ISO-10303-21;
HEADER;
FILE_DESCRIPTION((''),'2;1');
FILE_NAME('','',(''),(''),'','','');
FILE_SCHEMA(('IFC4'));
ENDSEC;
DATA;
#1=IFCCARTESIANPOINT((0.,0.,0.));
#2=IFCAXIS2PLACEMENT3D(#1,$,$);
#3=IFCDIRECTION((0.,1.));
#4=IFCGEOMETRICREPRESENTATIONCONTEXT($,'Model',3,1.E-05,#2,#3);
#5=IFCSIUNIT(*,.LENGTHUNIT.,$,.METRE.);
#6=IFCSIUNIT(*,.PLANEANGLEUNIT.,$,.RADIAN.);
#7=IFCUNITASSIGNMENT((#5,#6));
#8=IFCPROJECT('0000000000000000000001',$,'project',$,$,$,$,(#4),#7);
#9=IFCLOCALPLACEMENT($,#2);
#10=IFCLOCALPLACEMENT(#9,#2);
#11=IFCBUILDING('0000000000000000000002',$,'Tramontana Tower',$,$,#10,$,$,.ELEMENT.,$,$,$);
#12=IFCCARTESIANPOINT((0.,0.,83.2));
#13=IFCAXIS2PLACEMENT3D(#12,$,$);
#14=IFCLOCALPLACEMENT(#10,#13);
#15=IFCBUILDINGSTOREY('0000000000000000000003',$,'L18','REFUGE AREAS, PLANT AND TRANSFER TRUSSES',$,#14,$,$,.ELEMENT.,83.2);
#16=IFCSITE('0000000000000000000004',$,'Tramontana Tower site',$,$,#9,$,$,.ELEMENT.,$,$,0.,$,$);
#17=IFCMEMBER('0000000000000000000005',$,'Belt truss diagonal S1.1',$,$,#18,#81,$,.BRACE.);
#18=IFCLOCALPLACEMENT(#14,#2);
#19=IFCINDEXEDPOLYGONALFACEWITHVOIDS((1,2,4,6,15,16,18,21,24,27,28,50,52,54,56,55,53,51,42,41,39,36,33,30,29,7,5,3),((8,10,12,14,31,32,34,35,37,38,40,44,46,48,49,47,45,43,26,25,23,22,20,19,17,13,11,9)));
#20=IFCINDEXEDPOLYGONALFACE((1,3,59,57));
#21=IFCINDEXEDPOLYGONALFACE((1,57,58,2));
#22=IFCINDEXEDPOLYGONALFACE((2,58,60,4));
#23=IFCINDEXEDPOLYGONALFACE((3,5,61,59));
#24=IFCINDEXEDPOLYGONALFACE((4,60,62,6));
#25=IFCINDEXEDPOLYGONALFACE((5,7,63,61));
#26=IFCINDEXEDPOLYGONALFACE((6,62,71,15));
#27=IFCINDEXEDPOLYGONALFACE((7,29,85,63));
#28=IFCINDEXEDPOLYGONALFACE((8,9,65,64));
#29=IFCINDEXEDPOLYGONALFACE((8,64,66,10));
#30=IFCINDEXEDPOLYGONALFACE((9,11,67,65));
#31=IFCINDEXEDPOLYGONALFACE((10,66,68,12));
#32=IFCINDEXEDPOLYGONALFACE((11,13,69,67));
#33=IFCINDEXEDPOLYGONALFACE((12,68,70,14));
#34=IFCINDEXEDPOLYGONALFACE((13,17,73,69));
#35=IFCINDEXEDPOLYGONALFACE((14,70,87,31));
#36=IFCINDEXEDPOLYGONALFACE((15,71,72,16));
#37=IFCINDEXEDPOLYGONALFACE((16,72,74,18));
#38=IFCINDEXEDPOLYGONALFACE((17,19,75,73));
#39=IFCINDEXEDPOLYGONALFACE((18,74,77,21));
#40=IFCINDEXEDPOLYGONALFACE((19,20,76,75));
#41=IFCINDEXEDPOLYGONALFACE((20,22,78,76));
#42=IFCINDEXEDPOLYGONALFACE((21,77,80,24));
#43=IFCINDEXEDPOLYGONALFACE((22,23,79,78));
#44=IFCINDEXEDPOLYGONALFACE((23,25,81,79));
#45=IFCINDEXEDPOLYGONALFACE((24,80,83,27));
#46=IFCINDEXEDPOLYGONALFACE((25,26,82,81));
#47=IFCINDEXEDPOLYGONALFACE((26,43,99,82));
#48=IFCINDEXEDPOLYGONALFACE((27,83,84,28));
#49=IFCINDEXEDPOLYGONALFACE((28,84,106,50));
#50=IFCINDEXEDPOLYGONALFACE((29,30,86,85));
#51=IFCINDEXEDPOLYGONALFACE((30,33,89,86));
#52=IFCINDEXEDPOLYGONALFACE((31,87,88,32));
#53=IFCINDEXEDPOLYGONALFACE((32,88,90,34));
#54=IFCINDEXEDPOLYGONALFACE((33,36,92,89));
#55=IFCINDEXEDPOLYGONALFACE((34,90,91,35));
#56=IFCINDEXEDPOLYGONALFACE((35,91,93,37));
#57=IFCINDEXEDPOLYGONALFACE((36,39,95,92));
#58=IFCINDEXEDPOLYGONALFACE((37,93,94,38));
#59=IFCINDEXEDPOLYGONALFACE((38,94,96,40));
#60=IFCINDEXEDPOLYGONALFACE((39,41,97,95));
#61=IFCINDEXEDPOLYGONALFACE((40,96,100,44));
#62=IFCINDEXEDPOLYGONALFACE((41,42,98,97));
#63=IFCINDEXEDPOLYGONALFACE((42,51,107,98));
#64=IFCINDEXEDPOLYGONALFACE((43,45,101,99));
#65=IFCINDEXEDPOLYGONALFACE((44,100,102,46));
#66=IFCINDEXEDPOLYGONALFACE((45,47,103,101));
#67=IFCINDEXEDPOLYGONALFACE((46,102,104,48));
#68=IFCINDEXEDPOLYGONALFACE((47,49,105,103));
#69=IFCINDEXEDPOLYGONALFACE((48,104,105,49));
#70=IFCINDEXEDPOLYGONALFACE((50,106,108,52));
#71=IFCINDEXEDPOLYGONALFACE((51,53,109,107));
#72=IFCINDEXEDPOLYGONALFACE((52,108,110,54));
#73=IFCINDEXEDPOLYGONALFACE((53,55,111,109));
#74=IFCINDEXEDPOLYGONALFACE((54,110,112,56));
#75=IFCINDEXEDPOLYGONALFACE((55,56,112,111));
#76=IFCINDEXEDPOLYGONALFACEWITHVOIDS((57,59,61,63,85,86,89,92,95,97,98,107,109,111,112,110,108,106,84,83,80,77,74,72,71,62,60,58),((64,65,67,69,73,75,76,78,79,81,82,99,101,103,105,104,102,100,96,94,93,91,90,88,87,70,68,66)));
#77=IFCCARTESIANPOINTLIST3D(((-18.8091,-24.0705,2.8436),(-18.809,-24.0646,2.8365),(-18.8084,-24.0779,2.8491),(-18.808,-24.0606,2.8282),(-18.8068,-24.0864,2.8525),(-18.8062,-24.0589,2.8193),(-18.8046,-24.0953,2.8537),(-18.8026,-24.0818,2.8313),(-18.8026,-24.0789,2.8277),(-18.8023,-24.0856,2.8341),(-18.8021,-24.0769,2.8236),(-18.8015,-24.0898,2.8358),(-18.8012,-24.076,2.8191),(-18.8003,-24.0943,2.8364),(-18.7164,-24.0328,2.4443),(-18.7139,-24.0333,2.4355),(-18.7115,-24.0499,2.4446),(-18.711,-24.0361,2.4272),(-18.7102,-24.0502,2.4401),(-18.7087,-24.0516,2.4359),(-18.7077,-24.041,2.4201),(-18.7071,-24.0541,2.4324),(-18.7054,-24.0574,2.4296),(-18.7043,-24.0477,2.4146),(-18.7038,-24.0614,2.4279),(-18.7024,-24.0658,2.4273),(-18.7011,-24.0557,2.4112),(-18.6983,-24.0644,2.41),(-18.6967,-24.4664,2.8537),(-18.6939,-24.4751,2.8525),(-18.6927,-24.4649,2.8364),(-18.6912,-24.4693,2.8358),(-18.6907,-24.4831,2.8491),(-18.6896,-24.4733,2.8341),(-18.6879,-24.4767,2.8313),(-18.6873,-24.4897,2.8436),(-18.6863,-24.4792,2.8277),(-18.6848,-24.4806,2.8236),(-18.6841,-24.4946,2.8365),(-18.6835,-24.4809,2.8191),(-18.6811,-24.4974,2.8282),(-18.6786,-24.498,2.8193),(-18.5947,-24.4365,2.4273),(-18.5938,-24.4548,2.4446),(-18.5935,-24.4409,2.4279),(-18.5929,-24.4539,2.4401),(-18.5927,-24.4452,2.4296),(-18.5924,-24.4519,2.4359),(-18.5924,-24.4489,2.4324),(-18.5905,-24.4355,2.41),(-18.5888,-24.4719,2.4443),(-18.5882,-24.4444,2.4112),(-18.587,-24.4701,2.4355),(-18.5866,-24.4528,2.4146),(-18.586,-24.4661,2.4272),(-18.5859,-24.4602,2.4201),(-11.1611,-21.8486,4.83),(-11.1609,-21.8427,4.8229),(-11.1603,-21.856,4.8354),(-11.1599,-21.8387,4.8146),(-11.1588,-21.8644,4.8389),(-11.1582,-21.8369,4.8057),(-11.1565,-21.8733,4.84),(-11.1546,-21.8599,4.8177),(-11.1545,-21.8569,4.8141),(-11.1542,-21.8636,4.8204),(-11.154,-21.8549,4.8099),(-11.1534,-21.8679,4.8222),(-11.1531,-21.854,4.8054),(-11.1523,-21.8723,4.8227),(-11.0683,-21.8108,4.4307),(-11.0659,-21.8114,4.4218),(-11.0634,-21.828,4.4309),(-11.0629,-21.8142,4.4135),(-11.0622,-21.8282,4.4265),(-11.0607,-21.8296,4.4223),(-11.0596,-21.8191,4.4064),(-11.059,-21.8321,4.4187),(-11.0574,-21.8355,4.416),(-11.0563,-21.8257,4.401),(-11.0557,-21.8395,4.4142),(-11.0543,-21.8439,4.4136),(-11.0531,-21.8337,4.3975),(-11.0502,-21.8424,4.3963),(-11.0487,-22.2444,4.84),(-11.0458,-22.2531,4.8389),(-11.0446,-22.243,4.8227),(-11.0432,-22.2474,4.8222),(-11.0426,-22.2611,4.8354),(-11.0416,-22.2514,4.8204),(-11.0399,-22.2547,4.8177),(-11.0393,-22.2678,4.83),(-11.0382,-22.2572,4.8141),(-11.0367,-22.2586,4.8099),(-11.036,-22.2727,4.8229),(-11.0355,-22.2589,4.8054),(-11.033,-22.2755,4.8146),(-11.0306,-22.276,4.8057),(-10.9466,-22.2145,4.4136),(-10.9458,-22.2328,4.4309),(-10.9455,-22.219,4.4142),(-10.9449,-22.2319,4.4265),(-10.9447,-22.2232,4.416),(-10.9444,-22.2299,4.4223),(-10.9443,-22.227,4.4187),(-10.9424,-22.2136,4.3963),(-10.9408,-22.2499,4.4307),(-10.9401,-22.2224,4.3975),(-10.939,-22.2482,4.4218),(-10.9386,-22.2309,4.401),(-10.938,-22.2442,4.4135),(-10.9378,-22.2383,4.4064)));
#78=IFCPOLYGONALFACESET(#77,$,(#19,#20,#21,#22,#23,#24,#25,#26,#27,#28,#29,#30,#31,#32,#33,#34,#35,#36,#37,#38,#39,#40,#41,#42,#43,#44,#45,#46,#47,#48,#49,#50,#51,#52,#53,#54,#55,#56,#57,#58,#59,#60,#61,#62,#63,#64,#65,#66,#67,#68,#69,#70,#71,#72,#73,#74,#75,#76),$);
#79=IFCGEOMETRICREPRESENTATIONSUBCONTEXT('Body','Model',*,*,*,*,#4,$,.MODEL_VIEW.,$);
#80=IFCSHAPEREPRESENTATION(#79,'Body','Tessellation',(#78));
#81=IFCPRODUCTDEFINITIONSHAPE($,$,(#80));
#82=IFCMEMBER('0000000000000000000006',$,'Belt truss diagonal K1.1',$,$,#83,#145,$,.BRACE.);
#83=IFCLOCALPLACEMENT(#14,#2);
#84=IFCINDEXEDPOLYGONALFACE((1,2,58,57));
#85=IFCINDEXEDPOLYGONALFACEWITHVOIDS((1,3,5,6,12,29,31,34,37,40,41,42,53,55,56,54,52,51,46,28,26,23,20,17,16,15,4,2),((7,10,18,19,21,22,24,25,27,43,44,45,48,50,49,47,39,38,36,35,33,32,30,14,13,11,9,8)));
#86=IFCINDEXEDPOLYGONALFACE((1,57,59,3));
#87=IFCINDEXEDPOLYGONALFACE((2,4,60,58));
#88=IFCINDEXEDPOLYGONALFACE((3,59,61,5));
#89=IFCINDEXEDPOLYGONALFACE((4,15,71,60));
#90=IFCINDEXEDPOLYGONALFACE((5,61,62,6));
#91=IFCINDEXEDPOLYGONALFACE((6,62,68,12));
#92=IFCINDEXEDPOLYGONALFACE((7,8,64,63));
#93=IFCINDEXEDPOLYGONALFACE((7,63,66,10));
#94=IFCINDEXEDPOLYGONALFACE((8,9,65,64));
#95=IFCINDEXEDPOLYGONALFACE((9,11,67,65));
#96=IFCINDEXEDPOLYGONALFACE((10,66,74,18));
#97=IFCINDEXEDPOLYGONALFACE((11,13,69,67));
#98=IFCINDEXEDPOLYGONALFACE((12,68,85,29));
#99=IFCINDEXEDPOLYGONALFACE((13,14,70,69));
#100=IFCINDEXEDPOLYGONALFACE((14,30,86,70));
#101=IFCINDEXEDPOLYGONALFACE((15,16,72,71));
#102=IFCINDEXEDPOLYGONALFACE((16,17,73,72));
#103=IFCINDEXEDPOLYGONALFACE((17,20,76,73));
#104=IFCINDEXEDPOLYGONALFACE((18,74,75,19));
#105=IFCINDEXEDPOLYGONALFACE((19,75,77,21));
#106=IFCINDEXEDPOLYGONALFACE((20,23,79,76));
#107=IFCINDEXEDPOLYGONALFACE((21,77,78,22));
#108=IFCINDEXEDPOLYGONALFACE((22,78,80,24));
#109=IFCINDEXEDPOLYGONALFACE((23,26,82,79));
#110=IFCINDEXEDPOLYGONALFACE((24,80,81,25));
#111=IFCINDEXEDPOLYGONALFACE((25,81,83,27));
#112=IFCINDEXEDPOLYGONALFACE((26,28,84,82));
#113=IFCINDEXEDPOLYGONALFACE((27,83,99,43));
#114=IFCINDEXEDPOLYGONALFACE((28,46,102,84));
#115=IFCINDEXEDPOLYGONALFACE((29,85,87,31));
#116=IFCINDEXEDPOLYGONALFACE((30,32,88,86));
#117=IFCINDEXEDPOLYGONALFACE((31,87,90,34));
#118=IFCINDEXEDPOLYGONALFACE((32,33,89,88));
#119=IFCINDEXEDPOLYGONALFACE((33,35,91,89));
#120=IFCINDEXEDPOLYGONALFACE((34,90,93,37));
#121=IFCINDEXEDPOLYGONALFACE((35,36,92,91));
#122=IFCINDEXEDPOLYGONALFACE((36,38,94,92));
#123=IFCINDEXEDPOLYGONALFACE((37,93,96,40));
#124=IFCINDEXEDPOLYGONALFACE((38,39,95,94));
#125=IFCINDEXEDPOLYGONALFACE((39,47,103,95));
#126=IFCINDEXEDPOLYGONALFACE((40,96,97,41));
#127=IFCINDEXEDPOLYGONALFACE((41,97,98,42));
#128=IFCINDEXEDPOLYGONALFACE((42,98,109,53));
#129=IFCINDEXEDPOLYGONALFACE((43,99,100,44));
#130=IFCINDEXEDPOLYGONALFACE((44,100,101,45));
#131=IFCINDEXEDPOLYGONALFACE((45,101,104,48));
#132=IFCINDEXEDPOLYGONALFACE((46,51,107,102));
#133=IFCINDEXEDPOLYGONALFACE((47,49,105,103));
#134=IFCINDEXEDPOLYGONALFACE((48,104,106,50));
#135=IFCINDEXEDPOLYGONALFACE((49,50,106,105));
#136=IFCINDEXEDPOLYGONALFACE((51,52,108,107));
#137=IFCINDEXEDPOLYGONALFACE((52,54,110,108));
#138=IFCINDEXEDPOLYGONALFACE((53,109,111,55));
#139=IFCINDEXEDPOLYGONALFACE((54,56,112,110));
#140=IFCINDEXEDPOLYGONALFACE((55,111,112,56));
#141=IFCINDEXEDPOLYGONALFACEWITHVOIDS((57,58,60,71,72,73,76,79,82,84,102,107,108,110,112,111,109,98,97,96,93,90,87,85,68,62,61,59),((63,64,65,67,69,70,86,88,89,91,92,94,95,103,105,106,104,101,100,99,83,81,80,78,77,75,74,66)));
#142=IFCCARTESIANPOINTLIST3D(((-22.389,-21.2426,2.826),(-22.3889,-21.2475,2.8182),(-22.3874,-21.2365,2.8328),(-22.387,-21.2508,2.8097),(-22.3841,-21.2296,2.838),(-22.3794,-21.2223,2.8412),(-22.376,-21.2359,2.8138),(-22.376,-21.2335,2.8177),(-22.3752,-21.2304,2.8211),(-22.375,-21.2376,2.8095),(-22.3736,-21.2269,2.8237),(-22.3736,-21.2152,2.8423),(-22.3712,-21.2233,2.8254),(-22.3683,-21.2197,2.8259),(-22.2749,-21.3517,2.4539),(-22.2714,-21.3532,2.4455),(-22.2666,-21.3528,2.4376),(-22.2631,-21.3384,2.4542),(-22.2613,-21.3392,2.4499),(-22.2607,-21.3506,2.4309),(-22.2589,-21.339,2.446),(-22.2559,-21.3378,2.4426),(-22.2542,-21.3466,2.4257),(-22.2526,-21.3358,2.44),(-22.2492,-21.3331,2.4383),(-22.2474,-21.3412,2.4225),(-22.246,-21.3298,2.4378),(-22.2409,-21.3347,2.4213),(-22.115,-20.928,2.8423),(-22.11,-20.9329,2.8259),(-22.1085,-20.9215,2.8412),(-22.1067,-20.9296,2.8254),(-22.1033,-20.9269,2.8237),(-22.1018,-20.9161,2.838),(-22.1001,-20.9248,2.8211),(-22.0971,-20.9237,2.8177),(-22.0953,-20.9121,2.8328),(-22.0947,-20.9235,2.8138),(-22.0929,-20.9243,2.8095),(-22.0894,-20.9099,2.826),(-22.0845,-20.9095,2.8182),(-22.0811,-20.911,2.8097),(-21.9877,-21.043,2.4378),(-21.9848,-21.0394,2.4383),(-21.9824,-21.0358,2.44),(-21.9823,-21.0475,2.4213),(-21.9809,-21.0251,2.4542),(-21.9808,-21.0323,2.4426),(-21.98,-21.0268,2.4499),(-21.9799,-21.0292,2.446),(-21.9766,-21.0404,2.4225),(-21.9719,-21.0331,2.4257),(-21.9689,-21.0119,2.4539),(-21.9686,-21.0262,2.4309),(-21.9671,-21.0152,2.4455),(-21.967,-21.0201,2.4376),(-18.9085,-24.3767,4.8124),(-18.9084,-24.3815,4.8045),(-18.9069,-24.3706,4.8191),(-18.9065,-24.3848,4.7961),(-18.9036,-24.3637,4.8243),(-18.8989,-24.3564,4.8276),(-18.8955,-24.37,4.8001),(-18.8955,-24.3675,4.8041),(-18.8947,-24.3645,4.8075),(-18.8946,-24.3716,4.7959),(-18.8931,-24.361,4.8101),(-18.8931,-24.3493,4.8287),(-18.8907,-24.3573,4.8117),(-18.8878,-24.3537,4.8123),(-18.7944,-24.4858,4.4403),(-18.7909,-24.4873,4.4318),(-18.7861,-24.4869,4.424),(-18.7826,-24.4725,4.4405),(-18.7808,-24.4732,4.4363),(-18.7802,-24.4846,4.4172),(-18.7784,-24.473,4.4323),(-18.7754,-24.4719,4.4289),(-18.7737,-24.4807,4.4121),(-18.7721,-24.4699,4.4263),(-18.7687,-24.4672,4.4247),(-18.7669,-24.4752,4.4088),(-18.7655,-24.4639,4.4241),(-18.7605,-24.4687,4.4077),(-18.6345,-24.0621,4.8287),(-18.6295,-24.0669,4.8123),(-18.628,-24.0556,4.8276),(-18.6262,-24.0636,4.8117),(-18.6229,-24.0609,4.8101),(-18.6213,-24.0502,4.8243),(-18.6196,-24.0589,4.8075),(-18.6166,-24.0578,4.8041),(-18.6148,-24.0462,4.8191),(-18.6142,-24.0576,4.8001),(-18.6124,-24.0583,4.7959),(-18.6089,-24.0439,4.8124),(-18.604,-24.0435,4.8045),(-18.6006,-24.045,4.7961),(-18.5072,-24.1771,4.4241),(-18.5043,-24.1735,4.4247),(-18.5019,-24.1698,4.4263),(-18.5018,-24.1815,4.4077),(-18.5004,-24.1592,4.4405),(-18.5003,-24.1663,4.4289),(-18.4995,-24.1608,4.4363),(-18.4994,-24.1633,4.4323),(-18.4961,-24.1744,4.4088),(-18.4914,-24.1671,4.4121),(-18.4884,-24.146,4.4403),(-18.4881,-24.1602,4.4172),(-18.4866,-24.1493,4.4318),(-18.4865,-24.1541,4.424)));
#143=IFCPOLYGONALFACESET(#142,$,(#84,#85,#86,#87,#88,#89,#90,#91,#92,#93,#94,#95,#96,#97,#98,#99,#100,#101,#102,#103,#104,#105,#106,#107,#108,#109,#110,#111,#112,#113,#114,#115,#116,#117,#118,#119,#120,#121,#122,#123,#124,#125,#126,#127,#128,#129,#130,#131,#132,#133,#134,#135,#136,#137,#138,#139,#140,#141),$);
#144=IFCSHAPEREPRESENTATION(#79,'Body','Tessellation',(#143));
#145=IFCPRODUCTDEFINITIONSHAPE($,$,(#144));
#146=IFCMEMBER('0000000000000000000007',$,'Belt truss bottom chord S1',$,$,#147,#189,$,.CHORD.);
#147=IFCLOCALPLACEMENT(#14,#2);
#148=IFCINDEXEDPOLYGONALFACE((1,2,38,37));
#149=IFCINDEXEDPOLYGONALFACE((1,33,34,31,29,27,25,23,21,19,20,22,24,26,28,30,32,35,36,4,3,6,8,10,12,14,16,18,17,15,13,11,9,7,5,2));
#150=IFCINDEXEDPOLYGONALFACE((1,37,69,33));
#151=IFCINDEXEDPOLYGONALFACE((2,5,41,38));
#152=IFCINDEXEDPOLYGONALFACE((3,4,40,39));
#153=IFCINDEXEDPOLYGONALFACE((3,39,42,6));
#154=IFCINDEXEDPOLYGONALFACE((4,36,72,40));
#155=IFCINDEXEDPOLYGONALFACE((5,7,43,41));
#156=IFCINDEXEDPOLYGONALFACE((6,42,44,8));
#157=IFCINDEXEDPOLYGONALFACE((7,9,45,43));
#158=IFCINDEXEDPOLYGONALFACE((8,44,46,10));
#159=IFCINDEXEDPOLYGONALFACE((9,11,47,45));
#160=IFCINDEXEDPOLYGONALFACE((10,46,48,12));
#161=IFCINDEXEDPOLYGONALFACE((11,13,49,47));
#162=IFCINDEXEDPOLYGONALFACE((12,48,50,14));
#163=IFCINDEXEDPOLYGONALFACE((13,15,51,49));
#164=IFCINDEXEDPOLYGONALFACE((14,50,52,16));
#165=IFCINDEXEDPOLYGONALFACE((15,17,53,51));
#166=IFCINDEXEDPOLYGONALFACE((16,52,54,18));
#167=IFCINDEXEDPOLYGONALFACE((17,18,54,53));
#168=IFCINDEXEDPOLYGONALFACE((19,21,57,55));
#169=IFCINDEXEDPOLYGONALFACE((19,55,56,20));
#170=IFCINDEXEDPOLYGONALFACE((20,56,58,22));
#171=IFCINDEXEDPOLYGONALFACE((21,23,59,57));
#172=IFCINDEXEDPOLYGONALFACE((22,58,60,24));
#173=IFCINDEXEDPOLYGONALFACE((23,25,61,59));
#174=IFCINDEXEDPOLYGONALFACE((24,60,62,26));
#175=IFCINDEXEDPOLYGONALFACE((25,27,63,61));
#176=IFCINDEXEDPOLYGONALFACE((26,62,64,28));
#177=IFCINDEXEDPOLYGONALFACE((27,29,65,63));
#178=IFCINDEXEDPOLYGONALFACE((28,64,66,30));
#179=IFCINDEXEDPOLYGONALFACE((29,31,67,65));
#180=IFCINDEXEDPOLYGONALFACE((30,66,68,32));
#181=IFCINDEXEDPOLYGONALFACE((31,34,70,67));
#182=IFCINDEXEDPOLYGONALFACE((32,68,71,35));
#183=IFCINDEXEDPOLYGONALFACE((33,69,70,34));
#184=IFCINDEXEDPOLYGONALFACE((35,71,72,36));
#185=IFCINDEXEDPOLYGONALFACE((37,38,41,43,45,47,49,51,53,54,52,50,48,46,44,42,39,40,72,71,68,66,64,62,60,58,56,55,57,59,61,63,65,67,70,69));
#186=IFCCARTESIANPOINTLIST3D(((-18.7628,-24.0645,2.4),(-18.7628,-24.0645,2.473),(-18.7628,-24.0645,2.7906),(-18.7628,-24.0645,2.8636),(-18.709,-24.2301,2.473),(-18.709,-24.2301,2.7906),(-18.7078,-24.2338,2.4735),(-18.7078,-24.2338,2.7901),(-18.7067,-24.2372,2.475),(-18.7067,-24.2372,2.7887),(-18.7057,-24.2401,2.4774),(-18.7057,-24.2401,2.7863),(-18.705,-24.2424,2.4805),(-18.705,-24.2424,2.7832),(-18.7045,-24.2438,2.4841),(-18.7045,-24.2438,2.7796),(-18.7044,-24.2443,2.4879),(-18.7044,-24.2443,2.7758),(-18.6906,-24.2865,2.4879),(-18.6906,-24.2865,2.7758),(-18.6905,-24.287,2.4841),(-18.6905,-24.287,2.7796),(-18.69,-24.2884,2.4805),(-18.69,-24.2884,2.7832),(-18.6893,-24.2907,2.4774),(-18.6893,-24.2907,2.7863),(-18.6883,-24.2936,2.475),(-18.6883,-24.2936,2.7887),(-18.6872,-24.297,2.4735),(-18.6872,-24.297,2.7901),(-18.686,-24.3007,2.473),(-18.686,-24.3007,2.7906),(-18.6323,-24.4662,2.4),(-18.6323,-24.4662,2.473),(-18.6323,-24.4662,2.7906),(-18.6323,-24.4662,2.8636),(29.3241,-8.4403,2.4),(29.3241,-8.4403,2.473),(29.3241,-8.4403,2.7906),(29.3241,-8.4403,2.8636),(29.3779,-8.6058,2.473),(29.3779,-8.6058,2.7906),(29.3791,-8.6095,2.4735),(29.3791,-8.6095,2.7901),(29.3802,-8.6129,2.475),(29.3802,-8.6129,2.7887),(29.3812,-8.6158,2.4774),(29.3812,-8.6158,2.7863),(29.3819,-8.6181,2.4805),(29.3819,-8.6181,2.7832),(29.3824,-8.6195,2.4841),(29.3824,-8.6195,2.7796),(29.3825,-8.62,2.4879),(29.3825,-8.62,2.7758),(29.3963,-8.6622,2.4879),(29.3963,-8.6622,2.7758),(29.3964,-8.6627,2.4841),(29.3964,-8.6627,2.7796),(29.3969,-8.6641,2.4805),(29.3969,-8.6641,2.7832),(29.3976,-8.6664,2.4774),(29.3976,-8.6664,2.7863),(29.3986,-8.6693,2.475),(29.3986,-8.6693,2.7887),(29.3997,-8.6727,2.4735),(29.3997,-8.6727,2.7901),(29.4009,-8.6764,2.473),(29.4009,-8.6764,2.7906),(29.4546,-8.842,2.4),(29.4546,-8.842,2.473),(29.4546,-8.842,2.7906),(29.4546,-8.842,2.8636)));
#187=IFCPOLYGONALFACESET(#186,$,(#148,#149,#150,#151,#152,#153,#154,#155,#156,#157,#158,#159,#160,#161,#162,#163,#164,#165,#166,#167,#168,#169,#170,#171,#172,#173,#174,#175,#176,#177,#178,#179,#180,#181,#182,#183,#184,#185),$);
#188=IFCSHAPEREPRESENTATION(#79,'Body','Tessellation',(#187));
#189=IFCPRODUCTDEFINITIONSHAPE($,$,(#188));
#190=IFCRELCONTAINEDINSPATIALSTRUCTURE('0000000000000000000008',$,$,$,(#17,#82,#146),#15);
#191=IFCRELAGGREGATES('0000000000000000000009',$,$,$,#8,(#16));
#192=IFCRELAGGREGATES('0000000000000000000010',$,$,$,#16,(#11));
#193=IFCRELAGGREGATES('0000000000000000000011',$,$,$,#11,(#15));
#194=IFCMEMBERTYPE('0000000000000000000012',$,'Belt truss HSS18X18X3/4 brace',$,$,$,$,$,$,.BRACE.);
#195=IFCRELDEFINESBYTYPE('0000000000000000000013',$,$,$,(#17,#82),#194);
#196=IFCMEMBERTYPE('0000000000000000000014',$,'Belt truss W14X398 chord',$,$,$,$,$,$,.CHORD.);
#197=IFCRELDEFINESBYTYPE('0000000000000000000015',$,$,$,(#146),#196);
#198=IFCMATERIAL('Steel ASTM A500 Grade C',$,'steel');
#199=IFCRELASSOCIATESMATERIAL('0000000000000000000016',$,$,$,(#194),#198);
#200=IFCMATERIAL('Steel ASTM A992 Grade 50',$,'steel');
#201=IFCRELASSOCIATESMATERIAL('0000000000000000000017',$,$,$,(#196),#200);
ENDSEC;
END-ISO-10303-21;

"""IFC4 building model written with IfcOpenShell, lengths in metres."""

from ifc_helpers import new_model, si_unit, direction, frame, origin, origin_2d, place, context, subcontext, project, spatial, hollow_rectangle, i_section, extrude, material, material_profile, profile_set, type_object, element, save


model = new_model("IFC4")

# Units and contexts
model_context = context("Model", 3, precision=1e-05, world=origin(), true_north=direction((0.0, 1.0)))
body_context = subcontext(model_context, "Body", "Model", "MODEL_VIEW")
ifc_project = project(units=[si_unit("LENGTHUNIT", "METRE"), si_unit("PLANEANGLEUNIT", "RADIAN")], contexts=[model_context])

# Site, building, storey
site_placement = place(None, origin())
site = spatial("IfcSite", under=ifc_project, at=site_placement, Name="Tramontana Tower site", CompositionType="ELEMENT", RefElevation=0.0)
building_placement = place(site_placement, origin())
building = spatial("IfcBuilding", under=site, at=building_placement, Name="Tramontana Tower", CompositionType="ELEMENT")
storey_placement = place(building_placement, frame((0.0, 0.0, 83.2)))
storey = spatial("IfcBuildingStorey", under=building, at=storey_placement, Name="L18", Description="REFUGE AREAS, PLANT AND TRANSFER TRUSSES", CompositionType="ELEMENT", Elevation=83.2)

# Members
ifc_material_1 = material(Name="Steel ASTM A500 Grade C", Category="steel")
ifc_material_profile_1 = material_profile(ifc_material_1, hollow_rectangle(XDim=0.4573, YDim=0.4573, WallThickness=0.0178, InnerFilletRadius=0.0178, OuterFilletRadius=0.0354, at=origin_2d()), Name="HSS18X18X3/4")
ifc_profile_set_1 = profile_set([ifc_material_profile_1], Name="Steel ASTM A500 Grade C")
member_type_1 = type_object("IfcMemberType", Name="Belt truss HSS18X18X3/4 brace", PredefinedType="BRACE", material=ifc_profile_set_1)
member_1_placement = place(storey_placement, frame((-18.6975, -24.2654, 2.6318), z_axis=(0.931752, 0.270698, 0.241995), x_axis=(-0.27899, 0.960294, 0.0)))
element("IfcMember", 1, at=member_1_placement, inside=storey, type_object=member_type_1, Name="Belt truss diagonal S1.1", PredefinedType="BRACE", context=body_context, shape_type="SweptSolid", body=[
    extrude(hollow_rectangle(XDim=0.4573, YDim=0.4573, WallThickness=0.0178, InnerFilletRadius=0.0178, OuterFilletRadius=0.0354, at=origin_2d()), origin(), (0.0, 0.0, 1.0), 8.2083),
])
member_2_placement = place(storey_placement, frame((-22.178, -21.1313, 2.6318), z_axis=(0.684139, -0.616042, 0.390443), x_axis=(0.669155, 0.743123, 0.0)))
element("IfcMember", 2, at=member_2_placement, inside=storey, type_object=member_type_1, Name="Belt truss diagonal K1.1", PredefinedType="BRACE", context=body_context, shape_type="SweptSolid", body=[
    extrude(hollow_rectangle(XDim=0.4573, YDim=0.4573, WallThickness=0.0178, InnerFilletRadius=0.0178, OuterFilletRadius=0.0354, at=origin_2d()), origin(), (0.0, 0.0, 1.0), 5.0874),
])
ifc_material_2 = material(Name="Steel ASTM A992 Grade 50", Category="steel")
ifc_material_profile_2 = material_profile(ifc_material_2, i_section(OverallWidth=0.4224, OverallDepth=0.4636, WebThickness=0.0444, FlangeThickness=0.073, FilletRadius=0.0149, at=origin_2d()), Name="W14X398")
ifc_profile_set_2 = profile_set([ifc_material_profile_2], Name="Steel ASTM A992 Grade 50")
member_type_2 = type_object("IfcMemberType", Name="Belt truss W14X398 chord", PredefinedType="CHORD", material=ifc_profile_set_2)
for number, where, z_axis, x_axis, name in (
    (3, (-18.6975, -24.2654, 2.6318), (0.951057, 0.309015, 0.0), (-0.309015, 0.951057, 0.0), "Belt truss bottom chord S1"),
):
    element("IfcMember", number, at=place(storey_placement, frame(where, z_axis=z_axis, x_axis=x_axis)), inside=storey, type_object=member_type_2, Name=name, PredefinedType="CHORD", context=body_context, shape_type="SweptSolid", body=[
        extrude(i_section(OverallWidth=0.4224, OverallDepth=0.4636, WebThickness=0.0444, FlangeThickness=0.073, FilletRadius=0.0149, at=origin_2d()), origin(), (0.0, 0.0, 1.0), 50.5615),
    ])

save(model, "model.ifc")
